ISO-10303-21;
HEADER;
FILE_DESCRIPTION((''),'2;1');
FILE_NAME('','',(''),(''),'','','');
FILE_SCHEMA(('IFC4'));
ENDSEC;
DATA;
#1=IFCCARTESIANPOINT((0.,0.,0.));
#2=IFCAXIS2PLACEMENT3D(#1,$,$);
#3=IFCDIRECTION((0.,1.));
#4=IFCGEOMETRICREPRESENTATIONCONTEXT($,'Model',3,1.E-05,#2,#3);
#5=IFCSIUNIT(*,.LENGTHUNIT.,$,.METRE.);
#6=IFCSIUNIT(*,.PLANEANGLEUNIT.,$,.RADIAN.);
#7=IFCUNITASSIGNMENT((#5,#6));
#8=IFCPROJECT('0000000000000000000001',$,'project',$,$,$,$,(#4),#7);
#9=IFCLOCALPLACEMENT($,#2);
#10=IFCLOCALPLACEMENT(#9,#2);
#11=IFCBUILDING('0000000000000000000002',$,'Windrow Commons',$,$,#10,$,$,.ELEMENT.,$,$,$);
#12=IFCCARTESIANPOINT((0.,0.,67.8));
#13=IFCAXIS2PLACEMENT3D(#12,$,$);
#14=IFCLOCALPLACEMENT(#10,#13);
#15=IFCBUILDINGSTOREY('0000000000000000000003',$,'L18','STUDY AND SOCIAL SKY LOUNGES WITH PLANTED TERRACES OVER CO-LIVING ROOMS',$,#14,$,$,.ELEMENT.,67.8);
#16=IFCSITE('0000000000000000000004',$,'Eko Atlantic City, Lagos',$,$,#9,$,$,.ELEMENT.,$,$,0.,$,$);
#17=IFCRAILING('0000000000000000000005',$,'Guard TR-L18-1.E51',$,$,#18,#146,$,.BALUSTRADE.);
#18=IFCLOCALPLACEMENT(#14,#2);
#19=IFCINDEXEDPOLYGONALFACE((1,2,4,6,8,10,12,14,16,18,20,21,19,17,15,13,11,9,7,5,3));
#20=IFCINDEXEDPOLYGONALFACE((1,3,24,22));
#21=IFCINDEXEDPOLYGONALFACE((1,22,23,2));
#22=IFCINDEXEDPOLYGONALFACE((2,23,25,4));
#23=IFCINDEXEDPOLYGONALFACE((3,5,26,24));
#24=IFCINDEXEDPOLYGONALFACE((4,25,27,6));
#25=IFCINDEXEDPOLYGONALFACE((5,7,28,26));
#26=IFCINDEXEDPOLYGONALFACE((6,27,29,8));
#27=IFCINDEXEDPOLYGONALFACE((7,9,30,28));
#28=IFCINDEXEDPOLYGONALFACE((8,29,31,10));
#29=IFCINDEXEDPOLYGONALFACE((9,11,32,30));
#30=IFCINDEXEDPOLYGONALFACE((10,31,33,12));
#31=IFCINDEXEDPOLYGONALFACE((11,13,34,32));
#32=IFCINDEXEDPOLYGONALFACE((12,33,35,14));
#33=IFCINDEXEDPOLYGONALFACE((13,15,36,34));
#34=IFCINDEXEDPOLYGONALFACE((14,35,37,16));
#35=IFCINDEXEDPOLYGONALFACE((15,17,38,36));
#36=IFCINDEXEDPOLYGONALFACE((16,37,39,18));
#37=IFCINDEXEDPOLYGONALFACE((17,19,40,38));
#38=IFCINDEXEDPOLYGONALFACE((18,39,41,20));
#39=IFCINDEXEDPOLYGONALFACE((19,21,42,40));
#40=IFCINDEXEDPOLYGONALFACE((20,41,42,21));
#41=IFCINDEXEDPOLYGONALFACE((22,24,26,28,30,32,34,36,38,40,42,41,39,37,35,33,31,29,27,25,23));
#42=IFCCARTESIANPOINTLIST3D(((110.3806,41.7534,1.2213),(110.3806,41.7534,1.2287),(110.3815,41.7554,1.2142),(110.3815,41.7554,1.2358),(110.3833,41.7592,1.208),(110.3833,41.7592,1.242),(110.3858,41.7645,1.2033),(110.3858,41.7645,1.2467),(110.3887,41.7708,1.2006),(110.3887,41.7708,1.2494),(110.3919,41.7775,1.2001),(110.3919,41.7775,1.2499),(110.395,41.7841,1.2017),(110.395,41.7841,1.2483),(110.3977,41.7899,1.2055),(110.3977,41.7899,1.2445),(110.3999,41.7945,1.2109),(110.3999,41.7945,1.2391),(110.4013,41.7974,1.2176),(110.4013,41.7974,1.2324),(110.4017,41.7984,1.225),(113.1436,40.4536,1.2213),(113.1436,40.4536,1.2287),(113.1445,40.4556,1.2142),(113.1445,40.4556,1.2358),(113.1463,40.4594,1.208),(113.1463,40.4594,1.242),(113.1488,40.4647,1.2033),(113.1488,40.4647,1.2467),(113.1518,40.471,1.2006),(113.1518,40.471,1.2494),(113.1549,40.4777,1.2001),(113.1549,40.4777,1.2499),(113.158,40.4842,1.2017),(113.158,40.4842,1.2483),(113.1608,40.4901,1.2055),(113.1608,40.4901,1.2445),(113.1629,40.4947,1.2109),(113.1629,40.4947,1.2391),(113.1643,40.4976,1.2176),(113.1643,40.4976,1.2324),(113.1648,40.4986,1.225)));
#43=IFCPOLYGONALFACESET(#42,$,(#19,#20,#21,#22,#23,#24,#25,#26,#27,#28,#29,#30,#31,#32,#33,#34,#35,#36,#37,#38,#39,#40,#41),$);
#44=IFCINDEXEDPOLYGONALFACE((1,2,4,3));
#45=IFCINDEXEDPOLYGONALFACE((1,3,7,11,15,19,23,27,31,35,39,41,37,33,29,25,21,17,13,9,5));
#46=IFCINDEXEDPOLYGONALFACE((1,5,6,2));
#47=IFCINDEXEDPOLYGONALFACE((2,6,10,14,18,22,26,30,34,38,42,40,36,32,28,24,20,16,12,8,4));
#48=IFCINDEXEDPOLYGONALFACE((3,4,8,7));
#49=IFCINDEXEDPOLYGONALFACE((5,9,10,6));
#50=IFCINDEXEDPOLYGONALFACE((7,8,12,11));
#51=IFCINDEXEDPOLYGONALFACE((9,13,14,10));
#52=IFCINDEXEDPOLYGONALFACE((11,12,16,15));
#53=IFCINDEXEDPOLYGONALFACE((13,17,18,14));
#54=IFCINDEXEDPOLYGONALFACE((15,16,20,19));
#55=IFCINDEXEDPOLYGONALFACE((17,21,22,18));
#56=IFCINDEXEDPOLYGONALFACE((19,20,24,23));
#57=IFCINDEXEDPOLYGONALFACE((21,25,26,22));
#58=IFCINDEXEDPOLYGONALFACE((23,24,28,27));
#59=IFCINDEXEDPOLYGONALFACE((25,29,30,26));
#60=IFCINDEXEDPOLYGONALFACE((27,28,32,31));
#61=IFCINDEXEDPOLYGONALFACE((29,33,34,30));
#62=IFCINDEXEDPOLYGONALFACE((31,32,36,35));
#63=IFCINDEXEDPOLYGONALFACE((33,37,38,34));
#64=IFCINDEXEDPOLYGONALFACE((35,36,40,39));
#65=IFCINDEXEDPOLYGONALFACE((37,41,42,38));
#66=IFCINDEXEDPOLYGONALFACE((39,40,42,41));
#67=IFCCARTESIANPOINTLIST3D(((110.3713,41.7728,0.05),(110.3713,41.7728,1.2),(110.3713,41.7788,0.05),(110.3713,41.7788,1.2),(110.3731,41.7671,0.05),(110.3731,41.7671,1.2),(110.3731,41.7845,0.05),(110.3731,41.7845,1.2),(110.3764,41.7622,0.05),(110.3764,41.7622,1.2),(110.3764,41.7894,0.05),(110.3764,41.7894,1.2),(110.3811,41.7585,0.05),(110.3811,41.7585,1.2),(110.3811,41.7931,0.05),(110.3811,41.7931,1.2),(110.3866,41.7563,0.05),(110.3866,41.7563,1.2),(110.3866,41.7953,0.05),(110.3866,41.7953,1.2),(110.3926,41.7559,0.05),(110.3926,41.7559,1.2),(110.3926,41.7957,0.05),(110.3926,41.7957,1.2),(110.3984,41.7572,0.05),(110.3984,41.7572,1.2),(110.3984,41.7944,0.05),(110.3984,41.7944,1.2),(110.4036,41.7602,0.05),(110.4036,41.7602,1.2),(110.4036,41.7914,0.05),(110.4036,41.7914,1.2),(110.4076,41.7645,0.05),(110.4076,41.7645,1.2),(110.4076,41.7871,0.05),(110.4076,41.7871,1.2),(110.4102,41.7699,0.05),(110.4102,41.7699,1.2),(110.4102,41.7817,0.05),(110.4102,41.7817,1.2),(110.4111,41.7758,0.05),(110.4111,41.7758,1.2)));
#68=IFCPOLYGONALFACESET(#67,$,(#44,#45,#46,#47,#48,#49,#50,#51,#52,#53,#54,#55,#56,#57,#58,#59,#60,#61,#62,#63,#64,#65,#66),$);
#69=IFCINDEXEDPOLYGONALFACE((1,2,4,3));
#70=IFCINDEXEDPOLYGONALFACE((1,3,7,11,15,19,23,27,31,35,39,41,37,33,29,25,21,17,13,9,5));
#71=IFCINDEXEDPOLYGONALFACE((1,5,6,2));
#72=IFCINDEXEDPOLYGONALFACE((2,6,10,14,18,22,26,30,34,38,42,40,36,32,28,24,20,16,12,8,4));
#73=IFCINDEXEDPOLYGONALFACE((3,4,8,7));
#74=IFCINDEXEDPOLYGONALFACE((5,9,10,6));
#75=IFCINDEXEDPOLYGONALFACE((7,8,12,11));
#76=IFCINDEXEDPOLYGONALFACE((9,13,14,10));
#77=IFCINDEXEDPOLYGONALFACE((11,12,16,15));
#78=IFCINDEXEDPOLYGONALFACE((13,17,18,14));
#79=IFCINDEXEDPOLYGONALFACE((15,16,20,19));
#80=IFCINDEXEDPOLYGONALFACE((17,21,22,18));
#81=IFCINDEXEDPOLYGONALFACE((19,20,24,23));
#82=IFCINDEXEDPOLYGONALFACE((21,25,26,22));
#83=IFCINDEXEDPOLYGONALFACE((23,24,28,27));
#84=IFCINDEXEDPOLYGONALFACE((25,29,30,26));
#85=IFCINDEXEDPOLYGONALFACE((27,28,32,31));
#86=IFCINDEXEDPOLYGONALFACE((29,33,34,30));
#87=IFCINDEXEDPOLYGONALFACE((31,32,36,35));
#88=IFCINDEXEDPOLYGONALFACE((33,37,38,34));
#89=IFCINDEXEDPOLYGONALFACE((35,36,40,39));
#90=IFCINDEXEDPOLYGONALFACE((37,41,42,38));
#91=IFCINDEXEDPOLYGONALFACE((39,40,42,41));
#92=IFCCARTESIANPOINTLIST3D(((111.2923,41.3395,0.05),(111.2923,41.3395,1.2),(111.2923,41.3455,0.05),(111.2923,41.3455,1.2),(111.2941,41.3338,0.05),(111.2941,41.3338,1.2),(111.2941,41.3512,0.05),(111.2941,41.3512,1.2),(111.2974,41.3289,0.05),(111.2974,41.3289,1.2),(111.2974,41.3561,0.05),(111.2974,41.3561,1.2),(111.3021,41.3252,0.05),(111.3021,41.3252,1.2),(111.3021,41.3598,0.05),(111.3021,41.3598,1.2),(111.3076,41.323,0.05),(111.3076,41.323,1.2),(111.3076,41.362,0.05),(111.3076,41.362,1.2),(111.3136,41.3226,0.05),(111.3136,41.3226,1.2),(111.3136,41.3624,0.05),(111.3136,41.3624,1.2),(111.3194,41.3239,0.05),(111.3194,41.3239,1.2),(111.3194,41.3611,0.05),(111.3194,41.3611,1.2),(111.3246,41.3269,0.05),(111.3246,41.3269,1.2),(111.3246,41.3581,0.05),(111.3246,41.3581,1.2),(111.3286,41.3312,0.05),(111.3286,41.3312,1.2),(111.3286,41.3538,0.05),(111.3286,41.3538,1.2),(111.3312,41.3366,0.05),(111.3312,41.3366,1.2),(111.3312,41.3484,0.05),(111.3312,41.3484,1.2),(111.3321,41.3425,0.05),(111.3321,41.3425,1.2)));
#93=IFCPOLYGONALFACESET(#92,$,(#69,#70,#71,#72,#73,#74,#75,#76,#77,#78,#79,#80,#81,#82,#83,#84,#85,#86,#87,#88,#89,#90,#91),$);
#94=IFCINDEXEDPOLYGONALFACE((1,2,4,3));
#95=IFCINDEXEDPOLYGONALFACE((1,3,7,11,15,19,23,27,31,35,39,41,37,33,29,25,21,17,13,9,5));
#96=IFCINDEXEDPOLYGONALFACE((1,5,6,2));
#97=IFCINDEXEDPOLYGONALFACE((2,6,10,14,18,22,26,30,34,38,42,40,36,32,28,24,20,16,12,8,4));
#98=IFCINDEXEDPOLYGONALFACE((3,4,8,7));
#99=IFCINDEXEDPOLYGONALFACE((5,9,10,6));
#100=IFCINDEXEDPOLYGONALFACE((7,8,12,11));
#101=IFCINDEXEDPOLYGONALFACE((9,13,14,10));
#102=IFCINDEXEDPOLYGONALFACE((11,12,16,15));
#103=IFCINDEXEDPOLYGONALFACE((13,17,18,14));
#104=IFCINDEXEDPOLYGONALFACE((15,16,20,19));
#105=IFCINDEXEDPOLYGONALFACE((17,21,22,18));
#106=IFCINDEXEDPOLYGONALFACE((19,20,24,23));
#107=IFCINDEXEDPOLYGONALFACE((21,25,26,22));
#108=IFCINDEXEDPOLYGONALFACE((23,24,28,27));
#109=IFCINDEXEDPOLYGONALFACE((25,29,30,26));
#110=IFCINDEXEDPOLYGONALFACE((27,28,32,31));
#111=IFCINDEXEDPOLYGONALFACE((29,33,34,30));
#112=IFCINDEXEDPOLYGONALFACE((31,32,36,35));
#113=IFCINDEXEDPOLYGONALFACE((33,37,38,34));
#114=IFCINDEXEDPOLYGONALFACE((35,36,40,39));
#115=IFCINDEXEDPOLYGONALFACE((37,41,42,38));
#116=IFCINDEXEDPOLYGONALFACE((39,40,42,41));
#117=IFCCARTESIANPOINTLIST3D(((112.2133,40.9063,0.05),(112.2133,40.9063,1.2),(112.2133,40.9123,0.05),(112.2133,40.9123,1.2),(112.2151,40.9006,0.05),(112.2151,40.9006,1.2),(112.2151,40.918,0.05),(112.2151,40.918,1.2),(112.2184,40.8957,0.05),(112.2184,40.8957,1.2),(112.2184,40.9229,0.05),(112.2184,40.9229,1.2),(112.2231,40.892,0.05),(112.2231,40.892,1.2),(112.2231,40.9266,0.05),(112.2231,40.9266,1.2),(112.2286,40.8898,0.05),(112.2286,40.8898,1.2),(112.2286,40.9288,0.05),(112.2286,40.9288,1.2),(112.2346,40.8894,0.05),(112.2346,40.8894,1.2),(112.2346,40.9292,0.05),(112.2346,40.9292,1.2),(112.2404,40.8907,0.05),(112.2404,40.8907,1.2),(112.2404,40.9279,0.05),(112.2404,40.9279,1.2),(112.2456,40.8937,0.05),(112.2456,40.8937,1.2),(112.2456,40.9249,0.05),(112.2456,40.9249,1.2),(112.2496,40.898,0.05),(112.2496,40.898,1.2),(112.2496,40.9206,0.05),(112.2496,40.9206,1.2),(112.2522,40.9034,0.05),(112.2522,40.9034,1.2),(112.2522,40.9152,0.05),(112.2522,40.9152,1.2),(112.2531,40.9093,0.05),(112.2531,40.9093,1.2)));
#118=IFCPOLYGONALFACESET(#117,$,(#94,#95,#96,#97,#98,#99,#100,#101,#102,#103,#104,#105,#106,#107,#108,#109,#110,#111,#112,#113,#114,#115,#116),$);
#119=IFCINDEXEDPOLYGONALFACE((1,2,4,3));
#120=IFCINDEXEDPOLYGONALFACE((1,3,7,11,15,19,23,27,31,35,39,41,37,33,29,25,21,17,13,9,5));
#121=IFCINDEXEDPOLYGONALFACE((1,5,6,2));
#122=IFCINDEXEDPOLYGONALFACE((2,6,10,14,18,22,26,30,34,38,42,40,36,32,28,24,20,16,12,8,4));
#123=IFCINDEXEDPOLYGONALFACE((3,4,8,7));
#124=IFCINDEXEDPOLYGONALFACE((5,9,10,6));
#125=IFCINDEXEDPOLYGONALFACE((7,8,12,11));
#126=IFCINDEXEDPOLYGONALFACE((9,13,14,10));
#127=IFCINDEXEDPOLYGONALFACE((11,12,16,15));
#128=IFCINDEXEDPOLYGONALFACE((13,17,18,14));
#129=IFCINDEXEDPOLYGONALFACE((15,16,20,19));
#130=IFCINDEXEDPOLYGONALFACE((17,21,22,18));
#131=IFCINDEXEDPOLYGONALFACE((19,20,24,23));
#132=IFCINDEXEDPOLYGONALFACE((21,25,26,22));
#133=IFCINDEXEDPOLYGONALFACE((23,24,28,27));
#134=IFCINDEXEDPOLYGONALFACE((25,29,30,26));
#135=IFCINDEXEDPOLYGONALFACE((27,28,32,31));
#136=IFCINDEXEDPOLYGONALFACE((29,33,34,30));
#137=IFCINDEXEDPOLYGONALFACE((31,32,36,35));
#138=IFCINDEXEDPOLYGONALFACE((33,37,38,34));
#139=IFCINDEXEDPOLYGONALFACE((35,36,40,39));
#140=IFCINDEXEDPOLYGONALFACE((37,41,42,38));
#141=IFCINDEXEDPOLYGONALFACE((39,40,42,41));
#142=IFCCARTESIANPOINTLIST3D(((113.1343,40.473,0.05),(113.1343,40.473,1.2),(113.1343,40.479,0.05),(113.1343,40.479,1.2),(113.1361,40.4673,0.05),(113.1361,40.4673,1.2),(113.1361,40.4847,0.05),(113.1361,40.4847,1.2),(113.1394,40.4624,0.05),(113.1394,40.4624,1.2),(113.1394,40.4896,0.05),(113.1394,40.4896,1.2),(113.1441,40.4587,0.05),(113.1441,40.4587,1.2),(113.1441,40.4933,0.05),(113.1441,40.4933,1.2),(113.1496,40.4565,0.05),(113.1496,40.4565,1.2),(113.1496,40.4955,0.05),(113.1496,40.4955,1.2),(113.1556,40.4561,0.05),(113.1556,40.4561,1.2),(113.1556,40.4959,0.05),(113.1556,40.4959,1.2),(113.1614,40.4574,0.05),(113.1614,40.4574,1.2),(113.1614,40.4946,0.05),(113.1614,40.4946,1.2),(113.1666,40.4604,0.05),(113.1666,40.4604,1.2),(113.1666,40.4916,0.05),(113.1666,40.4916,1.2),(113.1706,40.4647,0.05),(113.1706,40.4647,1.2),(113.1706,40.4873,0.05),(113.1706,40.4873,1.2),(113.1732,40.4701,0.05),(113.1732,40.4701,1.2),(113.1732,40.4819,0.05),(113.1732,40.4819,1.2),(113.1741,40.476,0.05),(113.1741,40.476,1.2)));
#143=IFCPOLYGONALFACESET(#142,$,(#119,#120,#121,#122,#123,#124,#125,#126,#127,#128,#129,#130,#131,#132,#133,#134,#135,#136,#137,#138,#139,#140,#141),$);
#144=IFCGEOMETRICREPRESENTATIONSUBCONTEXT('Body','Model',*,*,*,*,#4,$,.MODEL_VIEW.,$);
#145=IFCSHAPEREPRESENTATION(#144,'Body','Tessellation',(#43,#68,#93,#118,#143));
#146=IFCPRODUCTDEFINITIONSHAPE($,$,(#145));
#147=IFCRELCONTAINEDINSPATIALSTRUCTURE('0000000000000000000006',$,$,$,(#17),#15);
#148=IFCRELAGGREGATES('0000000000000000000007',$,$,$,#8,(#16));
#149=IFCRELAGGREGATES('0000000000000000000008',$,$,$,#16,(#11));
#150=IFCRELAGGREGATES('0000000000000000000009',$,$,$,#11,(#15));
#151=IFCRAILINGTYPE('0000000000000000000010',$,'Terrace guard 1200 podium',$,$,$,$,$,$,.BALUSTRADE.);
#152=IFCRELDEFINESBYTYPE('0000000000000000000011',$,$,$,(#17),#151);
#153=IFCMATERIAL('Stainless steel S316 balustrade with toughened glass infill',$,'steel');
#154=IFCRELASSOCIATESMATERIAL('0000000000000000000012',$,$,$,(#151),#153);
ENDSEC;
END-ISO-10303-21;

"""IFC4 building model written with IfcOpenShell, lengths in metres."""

from ifc_helpers import new_model, si_unit, direction, frame, origin, origin_2d, place, context, subcontext, project, spatial, circle, extrude, material, type_object, element, save


model = new_model("IFC4")

# Units and contexts
model_context = context("Model", 3, precision=1e-05, world=origin(), true_north=direction((0.0, 1.0)))
body_context = subcontext(model_context, "Body", "Model", "MODEL_VIEW")
ifc_project = project(units=[si_unit("LENGTHUNIT", "METRE"), si_unit("PLANEANGLEUNIT", "RADIAN")], contexts=[model_context])

# Site, building, storey
site_placement = place(None, origin())
site = spatial("IfcSite", under=ifc_project, at=site_placement, Name="Eko Atlantic City, Lagos", CompositionType="ELEMENT", RefElevation=0.0)
building_placement = place(site_placement, origin())
building = spatial("IfcBuilding", under=site, at=building_placement, Name="Windrow Commons", CompositionType="ELEMENT")
storey_placement = place(building_placement, frame((0.0, 0.0, 67.8)))
storey = spatial("IfcBuildingStorey", under=building, at=storey_placement, Name="L18", Description="STUDY AND SOCIAL SKY LOUNGES WITH PLANTED TERRACES OVER CO-LIVING ROOMS", CompositionType="ELEMENT", Elevation=67.8)

# Railing
ifc_material_1 = material(Name="Stainless steel S316 balustrade with toughened glass infill", Category="steel")
railing_type = type_object("IfcRailingType", Name="Terrace guard 1200 podium", PredefinedType="BALUSTRADE", material=ifc_material_1)
railing_1_placement = place(storey_placement, frame((110.3911, 41.7758, 0.05)))
element("IfcRailing", 1, at=railing_1_placement, inside=storey, type_object=railing_type, Name="Guard TR-L18-1.E51", PredefinedType="BALUSTRADE", context=body_context, shape_type="SweptSolid", body=[
    extrude(circle(Radius=0.025, at=origin_2d()), frame((0.0, 0.0, 1.175), z_axis=(0.904874, -0.42568, 0.0), x_axis=(0.42568, 0.904874, 0.0)), (0.0, 0.0, 1.0), 3.0535),
    extrude(circle(Radius=0.02, at=origin_2d()), origin(), (0.0, 0.0, 1.0), 1.15),
    extrude(circle(Radius=0.02, at=origin_2d()), frame((0.921, -0.4333, 0.0)), (0.0, 0.0, 1.0), 1.15),
    extrude(circle(Radius=0.02, at=origin_2d()), frame((1.842, -0.8665, 0.0)), (0.0, 0.0, 1.0), 1.15),
    extrude(circle(Radius=0.02, at=origin_2d()), frame((2.763, -1.2998, 0.0)), (0.0, 0.0, 1.0), 1.15),
])

save(model, "model.ifc")
